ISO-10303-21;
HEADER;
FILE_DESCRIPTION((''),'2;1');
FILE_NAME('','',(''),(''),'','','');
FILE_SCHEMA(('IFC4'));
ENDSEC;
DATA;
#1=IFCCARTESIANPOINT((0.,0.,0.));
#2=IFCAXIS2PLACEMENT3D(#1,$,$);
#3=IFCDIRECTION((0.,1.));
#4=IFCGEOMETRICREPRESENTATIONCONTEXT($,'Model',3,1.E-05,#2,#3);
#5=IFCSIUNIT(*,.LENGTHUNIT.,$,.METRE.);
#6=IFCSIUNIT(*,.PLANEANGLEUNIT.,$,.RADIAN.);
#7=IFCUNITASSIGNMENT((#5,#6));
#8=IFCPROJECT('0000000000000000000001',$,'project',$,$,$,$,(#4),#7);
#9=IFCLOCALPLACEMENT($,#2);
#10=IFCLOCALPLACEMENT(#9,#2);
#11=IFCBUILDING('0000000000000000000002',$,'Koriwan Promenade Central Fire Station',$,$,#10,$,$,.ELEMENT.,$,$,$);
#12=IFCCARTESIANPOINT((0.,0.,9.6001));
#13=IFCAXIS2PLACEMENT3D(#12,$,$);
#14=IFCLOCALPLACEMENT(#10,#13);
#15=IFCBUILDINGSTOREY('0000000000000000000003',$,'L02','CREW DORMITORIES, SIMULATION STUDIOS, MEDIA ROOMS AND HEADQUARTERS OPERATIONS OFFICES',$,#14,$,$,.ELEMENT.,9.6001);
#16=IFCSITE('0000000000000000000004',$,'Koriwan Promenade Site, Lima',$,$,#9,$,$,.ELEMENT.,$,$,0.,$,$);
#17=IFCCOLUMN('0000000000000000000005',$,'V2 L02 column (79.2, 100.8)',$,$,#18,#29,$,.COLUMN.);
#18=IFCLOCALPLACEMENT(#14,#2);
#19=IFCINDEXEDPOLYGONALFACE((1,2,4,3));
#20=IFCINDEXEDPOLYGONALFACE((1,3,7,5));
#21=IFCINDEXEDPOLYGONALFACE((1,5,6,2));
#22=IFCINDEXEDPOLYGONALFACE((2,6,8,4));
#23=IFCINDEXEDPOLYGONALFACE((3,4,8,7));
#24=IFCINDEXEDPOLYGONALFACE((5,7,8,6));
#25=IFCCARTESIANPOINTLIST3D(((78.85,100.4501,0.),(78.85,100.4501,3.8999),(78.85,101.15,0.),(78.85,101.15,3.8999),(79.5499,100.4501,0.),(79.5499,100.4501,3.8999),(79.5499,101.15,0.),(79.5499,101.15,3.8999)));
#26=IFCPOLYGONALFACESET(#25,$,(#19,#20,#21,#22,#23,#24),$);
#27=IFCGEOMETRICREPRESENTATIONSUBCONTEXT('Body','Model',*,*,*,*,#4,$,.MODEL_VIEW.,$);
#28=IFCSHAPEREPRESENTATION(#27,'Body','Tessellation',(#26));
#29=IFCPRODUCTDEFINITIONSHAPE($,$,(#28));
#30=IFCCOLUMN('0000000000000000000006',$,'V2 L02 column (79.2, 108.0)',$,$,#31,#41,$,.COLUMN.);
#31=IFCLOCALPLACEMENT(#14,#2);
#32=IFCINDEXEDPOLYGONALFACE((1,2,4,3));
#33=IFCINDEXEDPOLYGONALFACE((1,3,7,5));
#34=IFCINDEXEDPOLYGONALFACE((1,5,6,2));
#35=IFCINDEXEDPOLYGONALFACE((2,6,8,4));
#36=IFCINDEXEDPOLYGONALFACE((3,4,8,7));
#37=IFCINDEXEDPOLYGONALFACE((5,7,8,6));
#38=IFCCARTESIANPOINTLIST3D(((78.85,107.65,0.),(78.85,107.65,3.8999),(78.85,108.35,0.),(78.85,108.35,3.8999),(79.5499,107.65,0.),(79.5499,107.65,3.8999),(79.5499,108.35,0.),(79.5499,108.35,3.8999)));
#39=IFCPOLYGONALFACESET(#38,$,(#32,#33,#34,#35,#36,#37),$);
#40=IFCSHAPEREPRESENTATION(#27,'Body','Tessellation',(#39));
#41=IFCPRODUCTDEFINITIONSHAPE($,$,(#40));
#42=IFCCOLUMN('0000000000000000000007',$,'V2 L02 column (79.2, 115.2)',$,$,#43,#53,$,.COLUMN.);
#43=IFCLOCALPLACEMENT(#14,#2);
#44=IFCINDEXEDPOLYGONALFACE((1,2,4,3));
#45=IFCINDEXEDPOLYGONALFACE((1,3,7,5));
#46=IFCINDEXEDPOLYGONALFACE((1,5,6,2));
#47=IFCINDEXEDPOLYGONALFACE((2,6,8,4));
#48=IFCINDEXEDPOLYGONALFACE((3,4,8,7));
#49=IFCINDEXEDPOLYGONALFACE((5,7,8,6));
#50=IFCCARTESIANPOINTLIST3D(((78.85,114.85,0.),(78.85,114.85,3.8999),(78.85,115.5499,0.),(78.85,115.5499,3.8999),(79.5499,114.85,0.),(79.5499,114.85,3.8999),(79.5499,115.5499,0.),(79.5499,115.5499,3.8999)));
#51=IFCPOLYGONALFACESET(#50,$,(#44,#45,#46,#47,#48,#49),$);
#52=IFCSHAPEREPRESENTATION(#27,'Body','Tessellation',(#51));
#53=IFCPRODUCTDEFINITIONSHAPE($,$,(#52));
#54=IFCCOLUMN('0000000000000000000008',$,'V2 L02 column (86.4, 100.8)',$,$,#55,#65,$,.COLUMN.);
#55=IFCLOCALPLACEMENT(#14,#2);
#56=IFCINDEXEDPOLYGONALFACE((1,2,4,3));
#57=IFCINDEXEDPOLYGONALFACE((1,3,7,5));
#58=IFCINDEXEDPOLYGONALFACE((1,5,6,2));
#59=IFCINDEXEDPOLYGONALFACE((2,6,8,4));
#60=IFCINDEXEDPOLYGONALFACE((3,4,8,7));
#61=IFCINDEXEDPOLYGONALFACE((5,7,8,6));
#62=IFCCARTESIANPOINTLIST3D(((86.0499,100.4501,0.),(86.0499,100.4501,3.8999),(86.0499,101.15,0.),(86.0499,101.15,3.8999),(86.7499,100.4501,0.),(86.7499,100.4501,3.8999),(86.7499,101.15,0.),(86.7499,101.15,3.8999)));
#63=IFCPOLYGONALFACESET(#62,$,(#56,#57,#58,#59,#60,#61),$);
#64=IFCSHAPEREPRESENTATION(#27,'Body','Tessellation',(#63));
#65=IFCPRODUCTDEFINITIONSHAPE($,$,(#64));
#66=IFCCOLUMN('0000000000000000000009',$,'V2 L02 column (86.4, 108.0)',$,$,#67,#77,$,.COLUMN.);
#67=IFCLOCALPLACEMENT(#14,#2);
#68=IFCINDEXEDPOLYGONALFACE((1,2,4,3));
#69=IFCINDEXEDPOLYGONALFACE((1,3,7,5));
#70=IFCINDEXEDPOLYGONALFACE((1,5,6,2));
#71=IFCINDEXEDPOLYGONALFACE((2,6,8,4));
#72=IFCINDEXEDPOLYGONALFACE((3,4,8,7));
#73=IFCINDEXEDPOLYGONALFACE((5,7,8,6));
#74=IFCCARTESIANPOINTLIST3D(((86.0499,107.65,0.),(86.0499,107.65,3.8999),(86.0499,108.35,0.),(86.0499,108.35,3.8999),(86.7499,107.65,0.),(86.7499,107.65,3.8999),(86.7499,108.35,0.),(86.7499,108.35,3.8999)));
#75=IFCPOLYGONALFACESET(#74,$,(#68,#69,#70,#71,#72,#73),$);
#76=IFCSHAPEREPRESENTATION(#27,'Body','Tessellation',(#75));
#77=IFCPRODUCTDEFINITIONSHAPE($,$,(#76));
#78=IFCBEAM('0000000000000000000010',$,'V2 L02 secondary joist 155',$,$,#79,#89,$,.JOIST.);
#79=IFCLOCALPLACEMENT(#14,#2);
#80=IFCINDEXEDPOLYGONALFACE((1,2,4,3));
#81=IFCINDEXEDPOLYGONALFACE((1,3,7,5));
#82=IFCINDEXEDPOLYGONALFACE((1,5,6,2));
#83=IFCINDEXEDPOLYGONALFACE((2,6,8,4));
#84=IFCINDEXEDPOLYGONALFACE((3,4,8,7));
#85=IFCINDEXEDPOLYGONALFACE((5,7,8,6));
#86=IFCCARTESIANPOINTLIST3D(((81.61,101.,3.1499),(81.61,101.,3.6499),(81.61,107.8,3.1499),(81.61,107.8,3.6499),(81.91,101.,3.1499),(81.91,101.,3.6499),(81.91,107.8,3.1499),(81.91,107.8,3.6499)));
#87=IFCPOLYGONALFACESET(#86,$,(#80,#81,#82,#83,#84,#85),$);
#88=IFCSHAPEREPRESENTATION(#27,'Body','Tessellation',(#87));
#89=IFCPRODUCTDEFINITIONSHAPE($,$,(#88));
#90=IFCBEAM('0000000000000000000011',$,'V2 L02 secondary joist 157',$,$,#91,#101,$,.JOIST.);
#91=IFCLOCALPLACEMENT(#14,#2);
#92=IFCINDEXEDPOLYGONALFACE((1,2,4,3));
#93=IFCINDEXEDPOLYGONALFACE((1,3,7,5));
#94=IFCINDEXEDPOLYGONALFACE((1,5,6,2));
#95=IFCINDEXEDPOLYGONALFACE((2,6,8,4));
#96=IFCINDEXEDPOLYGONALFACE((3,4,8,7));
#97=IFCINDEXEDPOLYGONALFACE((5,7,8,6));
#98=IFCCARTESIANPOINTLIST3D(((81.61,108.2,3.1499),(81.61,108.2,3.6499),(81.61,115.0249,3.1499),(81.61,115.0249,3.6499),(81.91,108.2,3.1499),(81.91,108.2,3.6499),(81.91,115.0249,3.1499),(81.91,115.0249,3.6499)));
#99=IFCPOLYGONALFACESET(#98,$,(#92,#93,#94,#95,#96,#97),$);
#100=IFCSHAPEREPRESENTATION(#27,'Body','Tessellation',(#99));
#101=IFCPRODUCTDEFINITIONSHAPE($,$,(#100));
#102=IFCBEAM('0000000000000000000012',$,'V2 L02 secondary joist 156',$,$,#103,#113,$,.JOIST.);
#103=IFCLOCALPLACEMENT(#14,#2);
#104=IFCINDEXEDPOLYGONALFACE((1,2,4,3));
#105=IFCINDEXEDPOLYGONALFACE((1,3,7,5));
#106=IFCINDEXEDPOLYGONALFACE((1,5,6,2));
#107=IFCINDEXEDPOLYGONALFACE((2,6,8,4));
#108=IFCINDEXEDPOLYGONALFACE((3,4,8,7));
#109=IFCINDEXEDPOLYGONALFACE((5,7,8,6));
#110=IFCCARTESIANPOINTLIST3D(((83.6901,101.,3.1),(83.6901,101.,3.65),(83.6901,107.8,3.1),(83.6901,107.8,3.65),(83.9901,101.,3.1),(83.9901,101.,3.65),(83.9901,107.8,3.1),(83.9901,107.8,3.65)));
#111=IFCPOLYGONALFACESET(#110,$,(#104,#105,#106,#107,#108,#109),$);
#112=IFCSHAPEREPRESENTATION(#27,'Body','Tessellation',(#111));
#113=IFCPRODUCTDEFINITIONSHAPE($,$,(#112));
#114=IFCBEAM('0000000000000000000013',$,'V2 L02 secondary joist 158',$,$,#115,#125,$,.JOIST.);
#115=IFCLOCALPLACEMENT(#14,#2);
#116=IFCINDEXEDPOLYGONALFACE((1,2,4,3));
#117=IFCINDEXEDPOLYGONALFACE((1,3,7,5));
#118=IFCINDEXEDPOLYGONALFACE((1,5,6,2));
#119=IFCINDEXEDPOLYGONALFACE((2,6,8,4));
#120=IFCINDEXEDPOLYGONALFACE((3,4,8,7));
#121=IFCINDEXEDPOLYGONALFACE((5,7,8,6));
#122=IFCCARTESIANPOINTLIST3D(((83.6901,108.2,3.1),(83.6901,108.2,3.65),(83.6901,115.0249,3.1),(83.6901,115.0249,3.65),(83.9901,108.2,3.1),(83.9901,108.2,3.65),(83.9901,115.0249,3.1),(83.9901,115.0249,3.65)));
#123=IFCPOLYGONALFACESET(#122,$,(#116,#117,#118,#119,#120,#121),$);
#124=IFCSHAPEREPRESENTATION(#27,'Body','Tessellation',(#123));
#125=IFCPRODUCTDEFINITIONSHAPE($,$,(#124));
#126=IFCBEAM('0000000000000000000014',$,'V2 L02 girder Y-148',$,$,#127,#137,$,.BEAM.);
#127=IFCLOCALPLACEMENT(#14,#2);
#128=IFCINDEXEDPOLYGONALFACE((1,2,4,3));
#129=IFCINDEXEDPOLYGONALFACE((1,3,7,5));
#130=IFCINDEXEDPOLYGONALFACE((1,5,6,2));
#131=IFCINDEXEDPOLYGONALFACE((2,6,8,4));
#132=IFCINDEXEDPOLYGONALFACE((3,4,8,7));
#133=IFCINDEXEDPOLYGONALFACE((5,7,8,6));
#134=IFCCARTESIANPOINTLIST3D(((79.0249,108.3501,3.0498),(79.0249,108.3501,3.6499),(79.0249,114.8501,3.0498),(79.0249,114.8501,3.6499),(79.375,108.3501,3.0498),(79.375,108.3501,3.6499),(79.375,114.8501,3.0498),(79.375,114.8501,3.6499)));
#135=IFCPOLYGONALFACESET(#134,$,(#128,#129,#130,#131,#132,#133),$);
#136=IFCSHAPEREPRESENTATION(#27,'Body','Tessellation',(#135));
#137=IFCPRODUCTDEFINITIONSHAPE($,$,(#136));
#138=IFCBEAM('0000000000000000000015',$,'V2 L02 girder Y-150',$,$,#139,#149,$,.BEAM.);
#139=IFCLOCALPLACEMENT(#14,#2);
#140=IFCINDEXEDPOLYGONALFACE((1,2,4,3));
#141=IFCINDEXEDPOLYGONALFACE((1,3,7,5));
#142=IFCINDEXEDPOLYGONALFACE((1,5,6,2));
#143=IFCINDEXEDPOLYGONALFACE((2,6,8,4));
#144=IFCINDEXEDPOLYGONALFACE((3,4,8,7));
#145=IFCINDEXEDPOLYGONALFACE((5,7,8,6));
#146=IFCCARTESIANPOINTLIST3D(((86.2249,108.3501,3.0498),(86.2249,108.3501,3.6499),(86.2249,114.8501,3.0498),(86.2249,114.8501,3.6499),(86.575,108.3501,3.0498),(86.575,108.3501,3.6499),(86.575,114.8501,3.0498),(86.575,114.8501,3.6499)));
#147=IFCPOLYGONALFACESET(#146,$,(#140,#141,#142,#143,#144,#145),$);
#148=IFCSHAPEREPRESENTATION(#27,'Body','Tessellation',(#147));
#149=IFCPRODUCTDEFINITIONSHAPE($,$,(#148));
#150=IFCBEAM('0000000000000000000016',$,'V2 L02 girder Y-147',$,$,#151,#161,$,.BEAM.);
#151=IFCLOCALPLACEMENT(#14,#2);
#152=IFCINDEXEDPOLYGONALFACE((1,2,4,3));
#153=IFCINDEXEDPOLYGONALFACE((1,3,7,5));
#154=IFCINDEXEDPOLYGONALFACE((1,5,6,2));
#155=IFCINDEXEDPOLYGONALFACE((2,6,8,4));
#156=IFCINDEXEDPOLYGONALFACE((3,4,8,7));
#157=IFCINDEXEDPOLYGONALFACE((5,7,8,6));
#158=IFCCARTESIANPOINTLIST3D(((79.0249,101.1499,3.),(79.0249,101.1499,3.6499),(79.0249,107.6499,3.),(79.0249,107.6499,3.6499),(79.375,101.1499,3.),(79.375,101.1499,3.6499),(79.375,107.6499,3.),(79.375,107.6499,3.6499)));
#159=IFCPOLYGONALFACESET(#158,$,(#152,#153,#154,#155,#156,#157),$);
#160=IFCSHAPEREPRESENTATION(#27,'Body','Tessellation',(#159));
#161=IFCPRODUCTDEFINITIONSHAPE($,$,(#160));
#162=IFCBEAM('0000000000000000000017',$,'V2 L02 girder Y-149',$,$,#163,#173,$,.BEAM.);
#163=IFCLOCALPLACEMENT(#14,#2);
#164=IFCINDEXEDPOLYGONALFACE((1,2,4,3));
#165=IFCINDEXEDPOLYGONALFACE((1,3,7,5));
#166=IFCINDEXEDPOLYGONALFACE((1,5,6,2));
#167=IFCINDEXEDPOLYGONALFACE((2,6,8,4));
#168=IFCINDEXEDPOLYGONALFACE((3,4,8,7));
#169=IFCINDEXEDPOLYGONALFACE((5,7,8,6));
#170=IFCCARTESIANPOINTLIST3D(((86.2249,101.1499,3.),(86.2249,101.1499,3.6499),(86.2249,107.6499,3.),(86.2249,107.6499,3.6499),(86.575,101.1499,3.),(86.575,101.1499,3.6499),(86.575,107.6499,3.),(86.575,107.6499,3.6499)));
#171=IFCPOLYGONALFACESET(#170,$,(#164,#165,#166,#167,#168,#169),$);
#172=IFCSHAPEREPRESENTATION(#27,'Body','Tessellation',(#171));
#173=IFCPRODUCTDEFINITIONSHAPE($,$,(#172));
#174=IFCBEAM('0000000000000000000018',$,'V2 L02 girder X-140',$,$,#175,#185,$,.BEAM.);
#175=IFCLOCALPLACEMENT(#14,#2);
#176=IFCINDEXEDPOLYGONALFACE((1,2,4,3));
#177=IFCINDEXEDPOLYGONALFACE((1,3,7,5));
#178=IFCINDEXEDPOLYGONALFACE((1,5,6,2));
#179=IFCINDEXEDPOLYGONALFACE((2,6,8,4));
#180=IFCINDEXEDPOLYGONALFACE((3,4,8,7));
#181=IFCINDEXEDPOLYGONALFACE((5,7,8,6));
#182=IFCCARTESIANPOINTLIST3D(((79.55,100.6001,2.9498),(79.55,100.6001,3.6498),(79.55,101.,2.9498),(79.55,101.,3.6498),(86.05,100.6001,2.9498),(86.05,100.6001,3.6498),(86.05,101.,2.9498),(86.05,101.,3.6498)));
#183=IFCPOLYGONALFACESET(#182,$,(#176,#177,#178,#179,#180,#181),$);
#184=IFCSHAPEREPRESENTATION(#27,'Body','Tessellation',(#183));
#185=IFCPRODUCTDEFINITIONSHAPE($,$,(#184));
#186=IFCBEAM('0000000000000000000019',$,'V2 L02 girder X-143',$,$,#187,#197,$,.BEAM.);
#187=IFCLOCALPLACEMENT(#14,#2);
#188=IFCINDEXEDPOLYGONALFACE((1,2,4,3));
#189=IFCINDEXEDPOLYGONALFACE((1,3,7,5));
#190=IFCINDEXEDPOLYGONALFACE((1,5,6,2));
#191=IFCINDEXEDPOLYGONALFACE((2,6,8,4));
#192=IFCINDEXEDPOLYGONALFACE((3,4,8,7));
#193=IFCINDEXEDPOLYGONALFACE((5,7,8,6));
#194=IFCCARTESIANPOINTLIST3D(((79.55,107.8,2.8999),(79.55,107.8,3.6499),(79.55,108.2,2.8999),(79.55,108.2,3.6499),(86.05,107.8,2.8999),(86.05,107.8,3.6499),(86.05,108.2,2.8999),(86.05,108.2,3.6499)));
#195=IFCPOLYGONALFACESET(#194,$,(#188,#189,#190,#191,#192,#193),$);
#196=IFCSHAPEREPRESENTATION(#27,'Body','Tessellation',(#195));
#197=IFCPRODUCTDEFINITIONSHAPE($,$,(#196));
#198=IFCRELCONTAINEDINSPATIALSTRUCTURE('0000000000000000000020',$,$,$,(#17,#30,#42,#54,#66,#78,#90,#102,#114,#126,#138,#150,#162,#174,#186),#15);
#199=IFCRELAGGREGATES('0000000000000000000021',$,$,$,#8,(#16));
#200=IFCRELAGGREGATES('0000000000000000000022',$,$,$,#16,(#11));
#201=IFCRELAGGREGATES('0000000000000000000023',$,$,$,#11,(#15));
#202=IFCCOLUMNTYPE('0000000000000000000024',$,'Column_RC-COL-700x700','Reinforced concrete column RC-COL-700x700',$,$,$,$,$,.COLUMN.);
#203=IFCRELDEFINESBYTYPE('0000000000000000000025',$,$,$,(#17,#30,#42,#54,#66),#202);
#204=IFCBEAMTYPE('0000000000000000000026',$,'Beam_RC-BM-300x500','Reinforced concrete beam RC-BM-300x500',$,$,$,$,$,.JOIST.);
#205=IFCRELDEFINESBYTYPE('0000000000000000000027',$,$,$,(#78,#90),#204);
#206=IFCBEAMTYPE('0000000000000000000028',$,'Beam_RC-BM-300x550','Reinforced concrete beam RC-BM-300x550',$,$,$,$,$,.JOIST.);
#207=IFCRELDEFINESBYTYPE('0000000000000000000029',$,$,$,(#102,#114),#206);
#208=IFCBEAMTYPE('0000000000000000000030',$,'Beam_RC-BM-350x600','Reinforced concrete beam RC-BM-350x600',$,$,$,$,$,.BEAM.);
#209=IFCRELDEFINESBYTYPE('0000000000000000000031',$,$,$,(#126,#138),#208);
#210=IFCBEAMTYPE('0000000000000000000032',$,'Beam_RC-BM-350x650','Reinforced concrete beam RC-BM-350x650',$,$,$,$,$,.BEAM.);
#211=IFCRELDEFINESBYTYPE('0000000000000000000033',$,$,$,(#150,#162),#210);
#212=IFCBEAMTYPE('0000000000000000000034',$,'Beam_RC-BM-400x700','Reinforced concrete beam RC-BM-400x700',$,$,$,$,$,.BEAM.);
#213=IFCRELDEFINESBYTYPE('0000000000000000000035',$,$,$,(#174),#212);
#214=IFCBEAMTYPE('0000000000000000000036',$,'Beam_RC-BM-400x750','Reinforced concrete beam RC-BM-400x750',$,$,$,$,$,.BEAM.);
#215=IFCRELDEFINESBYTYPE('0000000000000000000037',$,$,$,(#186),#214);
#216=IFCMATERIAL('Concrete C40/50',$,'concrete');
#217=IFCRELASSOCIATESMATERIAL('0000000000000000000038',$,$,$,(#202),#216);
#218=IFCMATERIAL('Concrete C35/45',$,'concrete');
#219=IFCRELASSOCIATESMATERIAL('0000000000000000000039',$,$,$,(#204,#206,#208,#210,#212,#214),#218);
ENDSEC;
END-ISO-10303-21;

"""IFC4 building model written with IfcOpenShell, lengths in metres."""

from ifc_helpers import new_model, si_unit, direction, frame, origin, origin_2d, place, context, subcontext, project, spatial, rectangle, extrude, material, material_profile, profile_set, type_object, element, save


model = new_model("IFC4")

# Units and contexts
model_context = context("Model", 3, precision=1e-05, world=origin(), true_north=direction((0.0, 1.0)))
body_context = subcontext(model_context, "Body", "Model", "MODEL_VIEW")
ifc_project = project(units=[si_unit("LENGTHUNIT", "METRE"), si_unit("PLANEANGLEUNIT", "RADIAN")], contexts=[model_context])

# Site, building, storey
site_placement = place(None, origin())
site = spatial("IfcSite", under=ifc_project, at=site_placement, Name="Koriwan Promenade Site, Lima", CompositionType="ELEMENT", RefElevation=0.0)
building_placement = place(site_placement, origin())
building = spatial("IfcBuilding", under=site, at=building_placement, Name="Koriwan Promenade Central Fire Station", CompositionType="ELEMENT")
storey_placement = place(building_placement, frame((0.0, 0.0, 9.6001)))
storey = spatial("IfcBuildingStorey", under=building, at=storey_placement, Name="L02", Description="CREW DORMITORIES, SIMULATION STUDIOS, MEDIA ROOMS AND HEADQUARTERS OPERATIONS OFFICES", CompositionType="ELEMENT", Elevation=9.6001)

# Columns
ifc_material_1 = material(Name="Concrete C40/50", Category="concrete")
ifc_material_profile_1 = material_profile(ifc_material_1, rectangle(XDim=0.7, YDim=0.7, at=origin_2d()), Name="RC-COL-700x700")
ifc_profile_set_1 = profile_set([ifc_material_profile_1], Name="Concrete C40/50")
column_type = type_object("IfcColumnType", Name="Column_RC-COL-700x700", Description="Reinforced concrete column RC-COL-700x700", PredefinedType="COLUMN", material=ifc_profile_set_1)
for number, where, z_axis, x_axis, name in (
    (1, (79.2, 100.8, 0.0), (0.0, 0.0, 1.0), (1.0, 0.0, 0.0), "V2 L02 column (79.2, 100.8)"),
    (2, (79.2, 108.0, 0.0), (0.0, 0.0, 1.0), (1.0, 0.0, 0.0), "V2 L02 column (79.2, 108.0)"),
    (3, (79.2, 115.2, 0.0), (0.0, 0.0, 1.0), (1.0, 0.0, 0.0), "V2 L02 column (79.2, 115.2)"),
    (4, (86.3999, 100.8, 0.0), (0.0, 0.0, 1.0), (1.0, 0.0, 0.0), "V2 L02 column (86.4, 100.8)"),
    (5, (86.3999, 108.0, 0.0), (0.0, 0.0, 1.0), (1.0, 0.0, 0.0), "V2 L02 column (86.4, 108.0)"),
):
    element("IfcColumn", number, at=place(storey_placement, frame(where, z_axis=z_axis, x_axis=x_axis)), inside=storey, type_object=column_type, Name=name, PredefinedType="COLUMN", context=body_context, shape_type="SweptSolid", body=[
        extrude(rectangle(XDim=0.7, YDim=0.7, at=origin_2d()), origin(), (0.0, 0.0, 1.0), 3.8999),
    ])

# Beams
ifc_material_2 = material(Name="Concrete C35/45", Category="concrete")
ifc_material_profile_2 = material_profile(ifc_material_2, rectangle(XDim=0.3, YDim=0.5, at=origin_2d()), Name="RC-BM-300x500")
ifc_profile_set_2 = profile_set([ifc_material_profile_2], Name="Concrete C35/45")
beam_type_1 = type_object("IfcBeamType", Name="Beam_RC-BM-300x500", Description="Reinforced concrete beam RC-BM-300x500", PredefinedType="JOIST", material=ifc_profile_set_2)
beam_1_placement = place(storey_placement, frame((81.76, 101.0, 3.3999), z_axis=(0.0, 1.0, 0.0), x_axis=(-1.0, 0.0, 0.0)))
element("IfcBeam", 6, at=beam_1_placement, inside=storey, type_object=beam_type_1, Name="V2 L02 secondary joist 155", PredefinedType="JOIST", context=body_context, shape_type="SweptSolid", body=[
    extrude(rectangle(XDim=0.3, YDim=0.5, at=origin_2d()), origin(), (0.0, 0.0, 1.0), 6.8),
])
beam_2_placement = place(storey_placement, frame((81.76, 108.2, 3.3999), z_axis=(0.0, 1.0, 0.0), x_axis=(-1.0, 0.0, 0.0)))
element("IfcBeam", 7, at=beam_2_placement, inside=storey, type_object=beam_type_1, Name="V2 L02 secondary joist 157", PredefinedType="JOIST", context=body_context, shape_type="SweptSolid", body=[
    extrude(rectangle(XDim=0.3, YDim=0.5, at=origin_2d()), origin(), (0.0, 0.0, 1.0), 6.825),
])
ifc_material_profile_3 = material_profile(ifc_material_2, rectangle(XDim=0.3, YDim=0.55, at=origin_2d()), Name="RC-BM-300x550")
ifc_profile_set_3 = profile_set([ifc_material_profile_3], Name="Concrete C35/45")
beam_type_2 = type_object("IfcBeamType", Name="Beam_RC-BM-300x550", Description="Reinforced concrete beam RC-BM-300x550", PredefinedType="JOIST", material=ifc_profile_set_3)
beam_3_placement = place(storey_placement, frame((83.8401, 101.0, 3.375), z_axis=(0.0, 1.0, 0.0), x_axis=(-1.0, 0.0, 0.0)))
element("IfcBeam", 8, at=beam_3_placement, inside=storey, type_object=beam_type_2, Name="V2 L02 secondary joist 156", PredefinedType="JOIST", context=body_context, shape_type="SweptSolid", body=[
    extrude(rectangle(XDim=0.3, YDim=0.55, at=origin_2d()), origin(), (0.0, 0.0, 1.0), 6.8),
])
beam_4_placement = place(storey_placement, frame((83.8401, 108.2, 3.375), z_axis=(0.0, 1.0, 0.0), x_axis=(-1.0, 0.0, 0.0)))
element("IfcBeam", 9, at=beam_4_placement, inside=storey, type_object=beam_type_2, Name="V2 L02 secondary joist 158", PredefinedType="JOIST", context=body_context, shape_type="SweptSolid", body=[
    extrude(rectangle(XDim=0.3, YDim=0.55, at=origin_2d()), origin(), (0.0, 0.0, 1.0), 6.825),
])
ifc_material_profile_4 = material_profile(ifc_material_2, rectangle(XDim=0.3501, YDim=0.6001, at=origin_2d()), Name="RC-BM-350x600")
ifc_profile_set_4 = profile_set([ifc_material_profile_4], Name="Concrete C35/45")
beam_type_3 = type_object("IfcBeamType", Name="Beam_RC-BM-350x600", Description="Reinforced concrete beam RC-BM-350x600", PredefinedType="BEAM", material=ifc_profile_set_4)
for number, where, z_axis, x_axis, name in (
    (10, (79.2, 108.3501, 3.3499), (0.0, 1.0, 0.0), (-1.0, 0.0, 0.0), "V2 L02 girder Y-148"),
    (11, (86.3999, 108.3501, 3.3499), (0.0, 1.0, 0.0), (-1.0, 0.0, 0.0), "V2 L02 girder Y-150"),
):
    element("IfcBeam", number, at=place(storey_placement, frame(where, z_axis=z_axis, x_axis=x_axis)), inside=storey, type_object=beam_type_3, Name=name, PredefinedType="BEAM", context=body_context, shape_type="SweptSolid", body=[
        extrude(rectangle(XDim=0.3501, YDim=0.6001, at=origin_2d()), origin(), (0.0, 0.0, 1.0), 6.5),
    ])
ifc_material_profile_5 = material_profile(ifc_material_2, rectangle(XDim=0.3501, YDim=0.6499, at=origin_2d()), Name="RC-BM-350x650")
ifc_profile_set_5 = profile_set([ifc_material_profile_5], Name="Concrete C35/45")
beam_type_4 = type_object("IfcBeamType", Name="Beam_RC-BM-350x650", Description="Reinforced concrete beam RC-BM-350x650", PredefinedType="BEAM", material=ifc_profile_set_5)
for number, where, z_axis, x_axis, name in (
    (12, (79.2, 101.1499, 3.325), (0.0, 1.0, 0.0), (-1.0, 0.0, 0.0), "V2 L02 girder Y-147"),
    (13, (86.3999, 101.1499, 3.325), (0.0, 1.0, 0.0), (-1.0, 0.0, 0.0), "V2 L02 girder Y-149"),
):
    element("IfcBeam", number, at=place(storey_placement, frame(where, z_axis=z_axis, x_axis=x_axis)), inside=storey, type_object=beam_type_4, Name=name, PredefinedType="BEAM", context=body_context, shape_type="SweptSolid", body=[
        extrude(rectangle(XDim=0.3501, YDim=0.6499, at=origin_2d()), origin(), (0.0, 0.0, 1.0), 6.5),
    ])
ifc_material_profile_6 = material_profile(ifc_material_2, rectangle(XDim=0.3999, YDim=0.7, at=origin_2d()), Name="RC-BM-400x700")
ifc_profile_set_6 = profile_set([ifc_material_profile_6], Name="Concrete C35/45")
beam_type_5 = type_object("IfcBeamType", Name="Beam_RC-BM-400x700", Description="Reinforced concrete beam RC-BM-400x700", PredefinedType="BEAM", material=ifc_profile_set_6)
beam_5_placement = place(storey_placement, frame((79.55, 100.8, 3.2998), z_axis=(1.0, 0.0, 0.0), x_axis=(0.0, 1.0, 0.0)))
element("IfcBeam", 14, at=beam_5_placement, inside=storey, type_object=beam_type_5, Name="V2 L02 girder X-140", PredefinedType="BEAM", context=body_context, shape_type="SweptSolid", body=[
    extrude(rectangle(XDim=0.3999, YDim=0.7, at=origin_2d()), origin(), (0.0, 0.0, 1.0), 6.5),
])
ifc_material_profile_7 = material_profile(ifc_material_2, rectangle(XDim=0.3999, YDim=0.75, at=origin_2d()), Name="RC-BM-400x750")
ifc_profile_set_7 = profile_set([ifc_material_profile_7], Name="Concrete C35/45")
beam_type_6 = type_object("IfcBeamType", Name="Beam_RC-BM-400x750", Description="Reinforced concrete beam RC-BM-400x750", PredefinedType="BEAM", material=ifc_profile_set_7)
beam_6_placement = place(storey_placement, frame((79.55, 108.0, 3.2749), z_axis=(1.0, 0.0, 0.0), x_axis=(0.0, 1.0, 0.0)))
element("IfcBeam", 15, at=beam_6_placement, inside=storey, type_object=beam_type_6, Name="V2 L02 girder X-143", PredefinedType="BEAM", context=body_context, shape_type="SweptSolid", body=[
    extrude(rectangle(XDim=0.3999, YDim=0.75, at=origin_2d()), origin(), (0.0, 0.0, 1.0), 6.5),
])

save(model, "model.ifc")
